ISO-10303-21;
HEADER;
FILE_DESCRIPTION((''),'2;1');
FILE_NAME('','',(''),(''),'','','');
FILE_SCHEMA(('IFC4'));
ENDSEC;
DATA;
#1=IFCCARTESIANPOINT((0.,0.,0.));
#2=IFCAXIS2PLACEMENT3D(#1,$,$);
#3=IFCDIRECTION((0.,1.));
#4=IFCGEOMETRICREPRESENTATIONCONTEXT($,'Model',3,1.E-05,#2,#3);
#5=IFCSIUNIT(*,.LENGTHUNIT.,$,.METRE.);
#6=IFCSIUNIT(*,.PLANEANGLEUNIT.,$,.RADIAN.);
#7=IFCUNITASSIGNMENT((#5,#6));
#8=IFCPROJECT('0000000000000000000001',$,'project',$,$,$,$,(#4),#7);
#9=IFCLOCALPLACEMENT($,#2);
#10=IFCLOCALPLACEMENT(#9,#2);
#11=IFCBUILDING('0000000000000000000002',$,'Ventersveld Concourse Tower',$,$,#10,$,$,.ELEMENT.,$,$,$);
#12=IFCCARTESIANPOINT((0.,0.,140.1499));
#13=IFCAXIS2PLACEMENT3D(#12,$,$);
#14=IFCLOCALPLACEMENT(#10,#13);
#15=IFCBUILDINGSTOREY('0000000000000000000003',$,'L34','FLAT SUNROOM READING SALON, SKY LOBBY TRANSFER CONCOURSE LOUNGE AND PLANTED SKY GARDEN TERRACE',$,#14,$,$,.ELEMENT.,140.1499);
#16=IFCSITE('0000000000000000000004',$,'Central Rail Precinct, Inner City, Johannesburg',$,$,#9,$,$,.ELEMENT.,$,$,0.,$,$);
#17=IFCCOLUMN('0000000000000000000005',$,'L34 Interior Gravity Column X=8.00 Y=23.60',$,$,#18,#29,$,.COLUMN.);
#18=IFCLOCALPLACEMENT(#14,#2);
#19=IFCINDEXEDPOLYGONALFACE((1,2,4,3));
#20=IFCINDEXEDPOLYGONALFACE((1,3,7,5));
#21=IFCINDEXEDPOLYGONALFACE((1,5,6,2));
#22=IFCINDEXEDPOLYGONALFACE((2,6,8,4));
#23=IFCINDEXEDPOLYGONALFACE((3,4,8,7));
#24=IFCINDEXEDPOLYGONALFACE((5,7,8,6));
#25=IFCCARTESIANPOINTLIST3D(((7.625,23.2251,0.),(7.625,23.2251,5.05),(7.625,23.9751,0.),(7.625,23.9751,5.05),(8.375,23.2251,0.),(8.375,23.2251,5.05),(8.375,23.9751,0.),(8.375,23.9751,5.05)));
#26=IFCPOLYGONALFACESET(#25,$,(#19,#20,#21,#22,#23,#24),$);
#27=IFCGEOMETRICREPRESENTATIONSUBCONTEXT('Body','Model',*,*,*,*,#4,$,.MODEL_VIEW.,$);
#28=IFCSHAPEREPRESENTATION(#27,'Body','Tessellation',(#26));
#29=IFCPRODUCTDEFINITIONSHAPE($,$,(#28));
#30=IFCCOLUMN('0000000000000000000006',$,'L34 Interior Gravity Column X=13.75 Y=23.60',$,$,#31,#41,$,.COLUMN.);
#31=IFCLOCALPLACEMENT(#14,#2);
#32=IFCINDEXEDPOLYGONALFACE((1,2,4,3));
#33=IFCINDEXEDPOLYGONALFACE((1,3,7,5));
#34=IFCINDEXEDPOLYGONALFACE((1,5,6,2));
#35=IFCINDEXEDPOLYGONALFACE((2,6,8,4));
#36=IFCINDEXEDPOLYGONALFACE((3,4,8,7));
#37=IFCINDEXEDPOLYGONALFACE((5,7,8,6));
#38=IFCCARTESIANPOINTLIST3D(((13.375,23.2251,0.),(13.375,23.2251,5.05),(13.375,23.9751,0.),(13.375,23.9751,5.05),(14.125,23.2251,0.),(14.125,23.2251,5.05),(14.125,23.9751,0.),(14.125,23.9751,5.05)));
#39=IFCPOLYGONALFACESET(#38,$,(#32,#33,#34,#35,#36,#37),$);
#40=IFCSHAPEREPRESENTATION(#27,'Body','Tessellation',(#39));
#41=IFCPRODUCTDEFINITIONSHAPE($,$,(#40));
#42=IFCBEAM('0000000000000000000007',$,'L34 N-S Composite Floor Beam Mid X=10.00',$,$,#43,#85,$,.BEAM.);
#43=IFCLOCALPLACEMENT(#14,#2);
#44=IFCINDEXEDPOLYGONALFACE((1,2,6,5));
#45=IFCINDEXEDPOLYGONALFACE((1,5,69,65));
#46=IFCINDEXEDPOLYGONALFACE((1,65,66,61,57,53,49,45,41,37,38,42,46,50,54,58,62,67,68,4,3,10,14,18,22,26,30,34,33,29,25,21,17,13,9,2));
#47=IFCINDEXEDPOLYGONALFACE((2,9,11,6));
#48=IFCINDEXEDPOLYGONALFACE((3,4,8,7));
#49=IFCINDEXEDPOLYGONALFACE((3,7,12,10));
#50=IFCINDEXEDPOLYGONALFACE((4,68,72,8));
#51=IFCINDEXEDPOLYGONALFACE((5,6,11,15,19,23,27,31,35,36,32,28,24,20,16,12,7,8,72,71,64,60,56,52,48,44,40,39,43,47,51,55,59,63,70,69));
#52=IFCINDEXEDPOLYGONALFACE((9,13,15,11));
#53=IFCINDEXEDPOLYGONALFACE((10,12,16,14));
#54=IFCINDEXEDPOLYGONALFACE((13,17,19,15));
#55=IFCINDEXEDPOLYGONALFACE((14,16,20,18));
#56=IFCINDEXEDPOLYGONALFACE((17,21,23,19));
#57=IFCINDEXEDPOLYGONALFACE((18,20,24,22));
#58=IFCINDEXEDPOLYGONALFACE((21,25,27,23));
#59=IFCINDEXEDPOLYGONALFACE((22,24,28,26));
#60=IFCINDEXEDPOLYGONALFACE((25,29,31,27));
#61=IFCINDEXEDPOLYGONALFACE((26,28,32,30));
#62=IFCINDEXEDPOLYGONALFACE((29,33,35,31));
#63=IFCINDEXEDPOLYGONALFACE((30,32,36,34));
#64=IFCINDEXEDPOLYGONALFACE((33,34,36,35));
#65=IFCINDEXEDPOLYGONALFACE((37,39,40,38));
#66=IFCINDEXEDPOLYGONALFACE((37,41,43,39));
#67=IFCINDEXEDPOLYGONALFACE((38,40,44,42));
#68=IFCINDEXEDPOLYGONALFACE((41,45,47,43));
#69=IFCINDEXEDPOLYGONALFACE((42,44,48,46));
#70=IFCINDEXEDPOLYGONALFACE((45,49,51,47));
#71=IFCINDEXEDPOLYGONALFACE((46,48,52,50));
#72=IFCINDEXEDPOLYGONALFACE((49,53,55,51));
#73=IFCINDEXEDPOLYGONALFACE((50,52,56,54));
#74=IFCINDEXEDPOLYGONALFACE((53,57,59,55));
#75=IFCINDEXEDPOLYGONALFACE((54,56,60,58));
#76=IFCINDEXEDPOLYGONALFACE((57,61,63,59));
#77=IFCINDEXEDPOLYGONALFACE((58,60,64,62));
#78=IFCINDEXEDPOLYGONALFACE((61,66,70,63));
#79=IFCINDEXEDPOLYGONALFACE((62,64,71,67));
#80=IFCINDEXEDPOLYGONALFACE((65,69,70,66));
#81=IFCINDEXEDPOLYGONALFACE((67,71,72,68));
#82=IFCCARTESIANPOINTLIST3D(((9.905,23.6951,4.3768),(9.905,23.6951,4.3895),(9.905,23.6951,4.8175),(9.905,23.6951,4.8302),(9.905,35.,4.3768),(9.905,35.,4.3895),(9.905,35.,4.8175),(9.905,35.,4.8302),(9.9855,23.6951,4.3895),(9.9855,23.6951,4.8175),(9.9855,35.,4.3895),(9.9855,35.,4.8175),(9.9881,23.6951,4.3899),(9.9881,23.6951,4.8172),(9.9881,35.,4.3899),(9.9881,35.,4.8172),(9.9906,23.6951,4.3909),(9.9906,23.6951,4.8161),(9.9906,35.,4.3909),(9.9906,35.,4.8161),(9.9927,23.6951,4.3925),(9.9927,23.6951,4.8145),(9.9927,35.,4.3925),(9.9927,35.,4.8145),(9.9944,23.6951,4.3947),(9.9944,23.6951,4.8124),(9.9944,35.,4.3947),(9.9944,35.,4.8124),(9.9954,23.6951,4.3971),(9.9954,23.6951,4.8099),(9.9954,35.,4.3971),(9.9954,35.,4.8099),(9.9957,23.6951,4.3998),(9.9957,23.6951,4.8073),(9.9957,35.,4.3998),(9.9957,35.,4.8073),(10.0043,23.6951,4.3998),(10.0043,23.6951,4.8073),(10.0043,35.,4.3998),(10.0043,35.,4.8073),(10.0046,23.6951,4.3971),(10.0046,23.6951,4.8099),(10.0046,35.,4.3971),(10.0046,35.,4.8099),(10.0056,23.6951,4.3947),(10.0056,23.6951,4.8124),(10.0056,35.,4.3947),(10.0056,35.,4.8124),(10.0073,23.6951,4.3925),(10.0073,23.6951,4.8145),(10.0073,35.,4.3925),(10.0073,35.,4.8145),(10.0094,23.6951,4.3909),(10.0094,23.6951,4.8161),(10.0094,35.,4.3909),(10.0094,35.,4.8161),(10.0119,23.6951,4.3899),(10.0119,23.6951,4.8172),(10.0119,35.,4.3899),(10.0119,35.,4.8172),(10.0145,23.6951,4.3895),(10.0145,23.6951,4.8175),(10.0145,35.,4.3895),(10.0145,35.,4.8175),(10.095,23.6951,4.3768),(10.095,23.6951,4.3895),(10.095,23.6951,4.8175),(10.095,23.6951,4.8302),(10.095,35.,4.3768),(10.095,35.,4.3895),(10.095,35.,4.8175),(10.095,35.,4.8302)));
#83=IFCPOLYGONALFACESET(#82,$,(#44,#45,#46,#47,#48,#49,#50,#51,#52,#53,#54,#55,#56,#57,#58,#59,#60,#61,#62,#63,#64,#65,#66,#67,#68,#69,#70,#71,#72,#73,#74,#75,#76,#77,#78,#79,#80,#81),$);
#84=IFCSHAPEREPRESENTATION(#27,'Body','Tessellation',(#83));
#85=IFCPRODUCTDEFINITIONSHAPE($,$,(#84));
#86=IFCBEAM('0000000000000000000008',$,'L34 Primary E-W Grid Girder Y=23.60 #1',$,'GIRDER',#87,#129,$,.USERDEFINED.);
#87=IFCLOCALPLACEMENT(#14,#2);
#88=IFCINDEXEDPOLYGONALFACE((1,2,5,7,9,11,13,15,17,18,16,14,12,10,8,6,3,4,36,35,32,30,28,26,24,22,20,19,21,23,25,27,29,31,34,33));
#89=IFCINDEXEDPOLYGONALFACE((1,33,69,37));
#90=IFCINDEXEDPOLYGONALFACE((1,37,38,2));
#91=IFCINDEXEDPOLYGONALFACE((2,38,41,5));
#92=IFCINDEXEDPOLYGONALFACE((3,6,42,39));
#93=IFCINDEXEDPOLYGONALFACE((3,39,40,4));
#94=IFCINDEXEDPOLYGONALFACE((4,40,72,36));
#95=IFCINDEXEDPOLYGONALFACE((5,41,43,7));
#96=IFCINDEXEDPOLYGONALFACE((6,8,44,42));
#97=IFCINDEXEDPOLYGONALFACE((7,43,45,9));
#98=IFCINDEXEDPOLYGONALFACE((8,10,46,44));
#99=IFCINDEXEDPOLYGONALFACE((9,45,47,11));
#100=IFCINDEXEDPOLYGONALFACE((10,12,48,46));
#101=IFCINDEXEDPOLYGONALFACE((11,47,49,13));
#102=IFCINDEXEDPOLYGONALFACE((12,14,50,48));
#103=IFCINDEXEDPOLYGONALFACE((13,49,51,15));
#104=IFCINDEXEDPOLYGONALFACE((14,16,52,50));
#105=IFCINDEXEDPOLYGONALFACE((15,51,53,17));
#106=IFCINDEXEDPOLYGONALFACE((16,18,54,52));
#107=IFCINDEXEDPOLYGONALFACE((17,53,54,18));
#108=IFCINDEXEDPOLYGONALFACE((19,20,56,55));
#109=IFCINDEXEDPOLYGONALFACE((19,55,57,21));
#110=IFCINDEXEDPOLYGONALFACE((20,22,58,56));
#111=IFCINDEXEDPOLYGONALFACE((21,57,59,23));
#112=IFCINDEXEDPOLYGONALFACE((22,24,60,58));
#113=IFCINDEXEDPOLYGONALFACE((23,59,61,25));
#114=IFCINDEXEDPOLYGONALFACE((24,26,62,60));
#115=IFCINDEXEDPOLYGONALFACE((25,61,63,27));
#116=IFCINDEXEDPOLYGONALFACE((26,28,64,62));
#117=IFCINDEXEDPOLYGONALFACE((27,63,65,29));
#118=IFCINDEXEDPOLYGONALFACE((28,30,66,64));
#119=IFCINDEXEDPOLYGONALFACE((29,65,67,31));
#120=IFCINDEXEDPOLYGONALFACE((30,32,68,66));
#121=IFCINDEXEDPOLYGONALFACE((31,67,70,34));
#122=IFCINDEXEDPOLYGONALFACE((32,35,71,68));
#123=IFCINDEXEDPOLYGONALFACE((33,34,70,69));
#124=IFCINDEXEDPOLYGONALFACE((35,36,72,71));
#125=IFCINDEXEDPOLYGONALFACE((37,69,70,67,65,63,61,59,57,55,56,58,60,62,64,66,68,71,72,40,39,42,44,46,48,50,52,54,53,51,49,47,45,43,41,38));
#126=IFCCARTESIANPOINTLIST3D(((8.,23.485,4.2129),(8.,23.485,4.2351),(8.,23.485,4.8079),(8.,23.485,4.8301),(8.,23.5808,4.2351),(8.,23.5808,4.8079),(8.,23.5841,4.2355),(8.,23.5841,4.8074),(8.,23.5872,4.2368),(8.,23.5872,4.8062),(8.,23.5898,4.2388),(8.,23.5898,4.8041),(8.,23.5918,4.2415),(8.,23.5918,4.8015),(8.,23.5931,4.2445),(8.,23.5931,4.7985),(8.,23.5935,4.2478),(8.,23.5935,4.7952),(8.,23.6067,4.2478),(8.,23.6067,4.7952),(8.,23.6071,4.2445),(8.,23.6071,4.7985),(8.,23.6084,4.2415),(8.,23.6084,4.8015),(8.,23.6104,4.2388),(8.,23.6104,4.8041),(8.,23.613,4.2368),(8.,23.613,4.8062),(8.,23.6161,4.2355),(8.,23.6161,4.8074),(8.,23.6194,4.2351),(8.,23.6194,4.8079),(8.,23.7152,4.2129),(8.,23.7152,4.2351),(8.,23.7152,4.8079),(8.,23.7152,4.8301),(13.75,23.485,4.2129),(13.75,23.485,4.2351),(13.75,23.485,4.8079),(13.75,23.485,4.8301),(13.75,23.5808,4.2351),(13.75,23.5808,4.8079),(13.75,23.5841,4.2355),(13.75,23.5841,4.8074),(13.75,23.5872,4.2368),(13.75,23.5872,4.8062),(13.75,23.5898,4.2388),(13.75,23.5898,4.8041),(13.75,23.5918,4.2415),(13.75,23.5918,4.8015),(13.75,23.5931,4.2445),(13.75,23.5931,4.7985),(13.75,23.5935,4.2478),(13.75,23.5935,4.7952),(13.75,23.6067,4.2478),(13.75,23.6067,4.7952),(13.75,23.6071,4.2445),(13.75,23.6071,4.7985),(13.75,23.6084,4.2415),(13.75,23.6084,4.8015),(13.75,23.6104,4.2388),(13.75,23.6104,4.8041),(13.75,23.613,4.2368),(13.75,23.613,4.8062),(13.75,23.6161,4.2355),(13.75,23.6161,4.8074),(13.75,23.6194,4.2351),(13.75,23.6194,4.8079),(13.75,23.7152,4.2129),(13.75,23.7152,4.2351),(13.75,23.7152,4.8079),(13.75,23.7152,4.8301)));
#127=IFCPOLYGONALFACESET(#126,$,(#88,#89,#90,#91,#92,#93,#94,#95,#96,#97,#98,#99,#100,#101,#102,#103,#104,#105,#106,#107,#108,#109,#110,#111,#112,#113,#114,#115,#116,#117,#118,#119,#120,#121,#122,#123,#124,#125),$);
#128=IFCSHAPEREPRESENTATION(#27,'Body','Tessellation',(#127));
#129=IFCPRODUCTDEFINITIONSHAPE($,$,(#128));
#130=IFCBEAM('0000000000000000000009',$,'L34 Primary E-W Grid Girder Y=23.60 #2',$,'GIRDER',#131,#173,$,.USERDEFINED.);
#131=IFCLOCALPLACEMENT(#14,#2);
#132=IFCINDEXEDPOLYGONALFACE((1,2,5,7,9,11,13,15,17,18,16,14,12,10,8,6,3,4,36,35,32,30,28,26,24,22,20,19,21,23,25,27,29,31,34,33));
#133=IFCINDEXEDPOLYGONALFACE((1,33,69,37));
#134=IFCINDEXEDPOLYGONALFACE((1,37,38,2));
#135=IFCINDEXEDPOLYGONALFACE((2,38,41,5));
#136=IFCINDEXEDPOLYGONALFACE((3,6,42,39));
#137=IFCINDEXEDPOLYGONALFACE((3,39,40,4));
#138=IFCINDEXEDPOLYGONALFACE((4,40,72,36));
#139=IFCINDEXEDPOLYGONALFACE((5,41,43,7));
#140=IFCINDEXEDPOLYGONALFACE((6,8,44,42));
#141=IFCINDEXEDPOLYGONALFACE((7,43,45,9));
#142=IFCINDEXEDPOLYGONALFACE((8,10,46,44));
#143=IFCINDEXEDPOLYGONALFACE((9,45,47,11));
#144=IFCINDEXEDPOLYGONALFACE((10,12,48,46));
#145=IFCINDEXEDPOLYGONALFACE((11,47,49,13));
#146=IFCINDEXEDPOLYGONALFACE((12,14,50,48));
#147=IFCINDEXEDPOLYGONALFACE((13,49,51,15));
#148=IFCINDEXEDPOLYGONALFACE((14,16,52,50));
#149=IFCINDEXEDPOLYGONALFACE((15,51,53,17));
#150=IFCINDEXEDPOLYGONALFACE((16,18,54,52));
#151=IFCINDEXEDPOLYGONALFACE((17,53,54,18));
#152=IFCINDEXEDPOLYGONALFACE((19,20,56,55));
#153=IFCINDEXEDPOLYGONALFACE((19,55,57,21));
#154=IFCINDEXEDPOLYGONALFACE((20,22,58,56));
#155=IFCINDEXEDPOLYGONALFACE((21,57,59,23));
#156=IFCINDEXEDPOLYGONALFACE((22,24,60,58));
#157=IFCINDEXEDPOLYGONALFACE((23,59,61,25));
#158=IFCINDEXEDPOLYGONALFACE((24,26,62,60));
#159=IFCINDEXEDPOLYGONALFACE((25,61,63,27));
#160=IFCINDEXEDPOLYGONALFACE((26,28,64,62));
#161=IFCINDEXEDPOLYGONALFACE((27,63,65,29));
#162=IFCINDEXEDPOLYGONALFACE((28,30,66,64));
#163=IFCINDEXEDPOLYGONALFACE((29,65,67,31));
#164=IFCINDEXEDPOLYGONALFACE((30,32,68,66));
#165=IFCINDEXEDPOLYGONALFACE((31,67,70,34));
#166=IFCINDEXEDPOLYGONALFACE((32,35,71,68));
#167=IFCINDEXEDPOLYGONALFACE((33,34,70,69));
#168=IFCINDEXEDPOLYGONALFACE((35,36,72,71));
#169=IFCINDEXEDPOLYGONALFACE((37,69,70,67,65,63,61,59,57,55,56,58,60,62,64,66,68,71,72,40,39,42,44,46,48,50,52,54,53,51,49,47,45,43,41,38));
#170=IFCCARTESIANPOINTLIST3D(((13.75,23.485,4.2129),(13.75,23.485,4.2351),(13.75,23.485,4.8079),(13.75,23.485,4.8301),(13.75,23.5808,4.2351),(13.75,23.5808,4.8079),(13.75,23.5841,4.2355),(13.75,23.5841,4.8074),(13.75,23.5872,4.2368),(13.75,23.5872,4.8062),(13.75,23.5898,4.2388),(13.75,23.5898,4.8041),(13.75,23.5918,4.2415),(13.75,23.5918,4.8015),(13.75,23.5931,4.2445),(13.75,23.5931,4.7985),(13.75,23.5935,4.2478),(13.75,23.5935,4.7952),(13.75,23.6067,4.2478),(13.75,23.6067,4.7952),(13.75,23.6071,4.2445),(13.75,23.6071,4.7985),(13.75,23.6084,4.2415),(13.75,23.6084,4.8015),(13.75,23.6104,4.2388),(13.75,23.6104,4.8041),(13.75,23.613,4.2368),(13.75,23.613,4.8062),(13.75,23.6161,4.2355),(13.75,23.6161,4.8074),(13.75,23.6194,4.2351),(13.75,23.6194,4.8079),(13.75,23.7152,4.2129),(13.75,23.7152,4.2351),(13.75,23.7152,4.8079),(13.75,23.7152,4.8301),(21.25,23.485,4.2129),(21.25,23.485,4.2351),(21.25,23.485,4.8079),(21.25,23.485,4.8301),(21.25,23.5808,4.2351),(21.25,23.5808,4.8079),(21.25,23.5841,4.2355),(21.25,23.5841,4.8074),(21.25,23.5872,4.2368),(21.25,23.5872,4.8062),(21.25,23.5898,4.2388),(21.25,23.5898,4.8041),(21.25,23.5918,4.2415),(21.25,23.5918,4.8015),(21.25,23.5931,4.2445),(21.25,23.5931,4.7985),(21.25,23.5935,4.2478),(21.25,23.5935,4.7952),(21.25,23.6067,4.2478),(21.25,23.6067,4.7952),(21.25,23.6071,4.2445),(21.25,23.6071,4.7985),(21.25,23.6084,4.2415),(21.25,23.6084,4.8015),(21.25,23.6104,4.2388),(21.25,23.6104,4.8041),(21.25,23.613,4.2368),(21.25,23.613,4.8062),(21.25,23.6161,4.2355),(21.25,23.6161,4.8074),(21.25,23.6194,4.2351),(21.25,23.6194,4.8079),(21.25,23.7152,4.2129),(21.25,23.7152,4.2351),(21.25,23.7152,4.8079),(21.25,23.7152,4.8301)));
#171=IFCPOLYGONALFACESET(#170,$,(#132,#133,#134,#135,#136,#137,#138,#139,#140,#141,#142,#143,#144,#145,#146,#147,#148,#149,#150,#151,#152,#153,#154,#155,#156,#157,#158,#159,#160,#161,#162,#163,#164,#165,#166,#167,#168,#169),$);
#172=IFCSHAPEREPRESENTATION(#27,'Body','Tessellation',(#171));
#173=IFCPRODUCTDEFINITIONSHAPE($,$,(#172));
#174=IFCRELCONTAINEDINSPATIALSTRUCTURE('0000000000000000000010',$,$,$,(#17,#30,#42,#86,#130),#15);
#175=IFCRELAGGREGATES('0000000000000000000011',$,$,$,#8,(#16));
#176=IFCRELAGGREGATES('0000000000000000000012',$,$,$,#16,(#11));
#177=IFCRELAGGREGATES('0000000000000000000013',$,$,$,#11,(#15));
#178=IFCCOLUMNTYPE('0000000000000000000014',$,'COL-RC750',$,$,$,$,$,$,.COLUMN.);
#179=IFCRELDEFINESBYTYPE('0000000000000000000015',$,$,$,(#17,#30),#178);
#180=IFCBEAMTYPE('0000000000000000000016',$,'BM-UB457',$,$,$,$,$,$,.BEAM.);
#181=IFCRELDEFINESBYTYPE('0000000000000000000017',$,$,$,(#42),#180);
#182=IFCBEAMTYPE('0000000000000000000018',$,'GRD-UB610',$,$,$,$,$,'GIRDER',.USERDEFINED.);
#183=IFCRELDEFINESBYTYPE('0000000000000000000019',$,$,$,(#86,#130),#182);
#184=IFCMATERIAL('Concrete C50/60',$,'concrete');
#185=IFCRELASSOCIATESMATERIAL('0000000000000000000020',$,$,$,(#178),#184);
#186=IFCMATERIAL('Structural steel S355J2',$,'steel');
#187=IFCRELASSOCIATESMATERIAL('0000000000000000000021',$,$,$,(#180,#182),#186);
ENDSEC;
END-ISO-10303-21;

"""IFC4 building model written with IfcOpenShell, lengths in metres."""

from ifc_helpers import new_model, si_unit, direction, frame, origin, origin_2d, place, context, subcontext, project, spatial, rectangle, i_section, extrude, material, material_profile, profile_set, type_object, element, save


model = new_model("IFC4")

# Units and contexts
model_context = context("Model", 3, precision=1e-05, world=origin(), true_north=direction((0.0, 1.0)))
body_context = subcontext(model_context, "Body", "Model", "MODEL_VIEW")
ifc_project = project(units=[si_unit("LENGTHUNIT", "METRE"), si_unit("PLANEANGLEUNIT", "RADIAN")], contexts=[model_context])

# Site, building, storey
site_placement = place(None, origin())
site = spatial("IfcSite", under=ifc_project, at=site_placement, Name="Central Rail Precinct, Inner City, Johannesburg", CompositionType="ELEMENT", RefElevation=0.0)
building_placement = place(site_placement, origin())
building = spatial("IfcBuilding", under=site, at=building_placement, Name="Ventersveld Concourse Tower", CompositionType="ELEMENT")
storey_placement = place(building_placement, frame((0.0, 0.0, 140.1499)))
storey = spatial("IfcBuildingStorey", under=building, at=storey_placement, Name="L34", Description="FLAT SUNROOM READING SALON, SKY LOBBY TRANSFER CONCOURSE LOUNGE AND PLANTED SKY GARDEN TERRACE", CompositionType="ELEMENT", Elevation=140.1499)

# Columns
ifc_material_1 = material(Name="Concrete C50/60", Category="concrete")
ifc_material_profile_1 = material_profile(ifc_material_1, rectangle(XDim=0.75, YDim=0.75, at=origin_2d()), Name="RC 750x750")
ifc_profile_set_1 = profile_set([ifc_material_profile_1], Name="Concrete C50/60")
column_type = type_object("IfcColumnType", Name="COL-RC750", PredefinedType="COLUMN", material=ifc_profile_set_1)
for number, where, z_axis, x_axis, name in (
    (1, (8.0, 23.6001, 0.0), (0.0, 0.0, 1.0), (1.0, 0.0, 0.0), "L34 Interior Gravity Column X=8.00 Y=23.60"),
    (2, (13.75, 23.6001, 0.0), (0.0, 0.0, 1.0), (1.0, 0.0, 0.0), "L34 Interior Gravity Column X=13.75 Y=23.60"),
):
    element("IfcColumn", number, at=place(storey_placement, frame(where, z_axis=z_axis, x_axis=x_axis)), inside=storey, type_object=column_type, Name=name, PredefinedType="COLUMN", context=body_context, shape_type="SweptSolid", body=[
        extrude(rectangle(XDim=0.75, YDim=0.75, at=origin_2d()), origin(), (0.0, 0.0, 1.0), 5.05),
    ])

# Beams
ifc_material_2 = material(Name="Structural steel S355J2", Category="steel")
ifc_material_profile_2 = material_profile(ifc_material_2, i_section(OverallWidth=0.1899, OverallDepth=0.4534, WebThickness=0.0085, FlangeThickness=0.0127, FilletRadius=0.0103, at=origin_2d()), Name="UB 457x191x67")
ifc_profile_set_2 = profile_set([ifc_material_profile_2], Name="Structural steel S355J2")
beam_type_1 = type_object("IfcBeamType", Name="BM-UB457", PredefinedType="BEAM", material=ifc_profile_set_2)
beam_1_placement = place(storey_placement, frame((10.0, 23.6951, 4.6035), z_axis=(0.0, 1.0, 0.0), x_axis=(-1.0, 0.0, 0.0)))
element("IfcBeam", 3, at=beam_1_placement, inside=storey, type_object=beam_type_1, Name="L34 N-S Composite Floor Beam Mid X=10.00", PredefinedType="BEAM", context=body_context, shape_type="SweptSolid", body=[
    extrude(i_section(OverallWidth=0.1899, OverallDepth=0.4534, WebThickness=0.0085, FlangeThickness=0.0127, FilletRadius=0.0103, at=origin_2d()), origin(), (0.0, 0.0, 1.0), 11.3049),
])
ifc_material_profile_3 = material_profile(ifc_material_2, i_section(OverallWidth=0.2302, OverallDepth=0.6172, WebThickness=0.0132, FlangeThickness=0.0222, FilletRadius=0.0127, at=origin_2d()), Name="UB 610x229x140")
ifc_profile_set_3 = profile_set([ifc_material_profile_3], Name="Structural steel S355J2")
beam_type_2 = type_object("IfcBeamType", Name="GRD-UB610", ElementType="GIRDER", PredefinedType="USERDEFINED", material=ifc_profile_set_3)
beam_2_placement = place(storey_placement, frame((8.0, 23.6001, 4.5215), z_axis=(1.0, 0.0, 0.0), x_axis=(0.0, 1.0, 0.0)))
element("IfcBeam", 4, at=beam_2_placement, inside=storey, type_object=beam_type_2, Name="L34 Primary E-W Grid Girder Y=23.60 #1", ObjectType="GIRDER", PredefinedType="USERDEFINED", context=body_context, shape_type="SweptSolid", body=[
    extrude(i_section(OverallWidth=0.2302, OverallDepth=0.6172, WebThickness=0.0132, FlangeThickness=0.0222, FilletRadius=0.0127, at=origin_2d()), origin(), (0.0, 0.0, 1.0), 5.75),
])
beam_3_placement = place(storey_placement, frame((13.75, 23.6001, 4.5215), z_axis=(1.0, 0.0, 0.0), x_axis=(0.0, 1.0, 0.0)))
element("IfcBeam", 5, at=beam_3_placement, inside=storey, type_object=beam_type_2, Name="L34 Primary E-W Grid Girder Y=23.60 #2", ObjectType="GIRDER", PredefinedType="USERDEFINED", context=body_context, shape_type="SweptSolid", body=[
    extrude(i_section(OverallWidth=0.2302, OverallDepth=0.6172, WebThickness=0.0132, FlangeThickness=0.0222, FilletRadius=0.0127, at=origin_2d()), origin(), (0.0, 0.0, 1.0), 7.5),
])

save(model, "model.ifc")
